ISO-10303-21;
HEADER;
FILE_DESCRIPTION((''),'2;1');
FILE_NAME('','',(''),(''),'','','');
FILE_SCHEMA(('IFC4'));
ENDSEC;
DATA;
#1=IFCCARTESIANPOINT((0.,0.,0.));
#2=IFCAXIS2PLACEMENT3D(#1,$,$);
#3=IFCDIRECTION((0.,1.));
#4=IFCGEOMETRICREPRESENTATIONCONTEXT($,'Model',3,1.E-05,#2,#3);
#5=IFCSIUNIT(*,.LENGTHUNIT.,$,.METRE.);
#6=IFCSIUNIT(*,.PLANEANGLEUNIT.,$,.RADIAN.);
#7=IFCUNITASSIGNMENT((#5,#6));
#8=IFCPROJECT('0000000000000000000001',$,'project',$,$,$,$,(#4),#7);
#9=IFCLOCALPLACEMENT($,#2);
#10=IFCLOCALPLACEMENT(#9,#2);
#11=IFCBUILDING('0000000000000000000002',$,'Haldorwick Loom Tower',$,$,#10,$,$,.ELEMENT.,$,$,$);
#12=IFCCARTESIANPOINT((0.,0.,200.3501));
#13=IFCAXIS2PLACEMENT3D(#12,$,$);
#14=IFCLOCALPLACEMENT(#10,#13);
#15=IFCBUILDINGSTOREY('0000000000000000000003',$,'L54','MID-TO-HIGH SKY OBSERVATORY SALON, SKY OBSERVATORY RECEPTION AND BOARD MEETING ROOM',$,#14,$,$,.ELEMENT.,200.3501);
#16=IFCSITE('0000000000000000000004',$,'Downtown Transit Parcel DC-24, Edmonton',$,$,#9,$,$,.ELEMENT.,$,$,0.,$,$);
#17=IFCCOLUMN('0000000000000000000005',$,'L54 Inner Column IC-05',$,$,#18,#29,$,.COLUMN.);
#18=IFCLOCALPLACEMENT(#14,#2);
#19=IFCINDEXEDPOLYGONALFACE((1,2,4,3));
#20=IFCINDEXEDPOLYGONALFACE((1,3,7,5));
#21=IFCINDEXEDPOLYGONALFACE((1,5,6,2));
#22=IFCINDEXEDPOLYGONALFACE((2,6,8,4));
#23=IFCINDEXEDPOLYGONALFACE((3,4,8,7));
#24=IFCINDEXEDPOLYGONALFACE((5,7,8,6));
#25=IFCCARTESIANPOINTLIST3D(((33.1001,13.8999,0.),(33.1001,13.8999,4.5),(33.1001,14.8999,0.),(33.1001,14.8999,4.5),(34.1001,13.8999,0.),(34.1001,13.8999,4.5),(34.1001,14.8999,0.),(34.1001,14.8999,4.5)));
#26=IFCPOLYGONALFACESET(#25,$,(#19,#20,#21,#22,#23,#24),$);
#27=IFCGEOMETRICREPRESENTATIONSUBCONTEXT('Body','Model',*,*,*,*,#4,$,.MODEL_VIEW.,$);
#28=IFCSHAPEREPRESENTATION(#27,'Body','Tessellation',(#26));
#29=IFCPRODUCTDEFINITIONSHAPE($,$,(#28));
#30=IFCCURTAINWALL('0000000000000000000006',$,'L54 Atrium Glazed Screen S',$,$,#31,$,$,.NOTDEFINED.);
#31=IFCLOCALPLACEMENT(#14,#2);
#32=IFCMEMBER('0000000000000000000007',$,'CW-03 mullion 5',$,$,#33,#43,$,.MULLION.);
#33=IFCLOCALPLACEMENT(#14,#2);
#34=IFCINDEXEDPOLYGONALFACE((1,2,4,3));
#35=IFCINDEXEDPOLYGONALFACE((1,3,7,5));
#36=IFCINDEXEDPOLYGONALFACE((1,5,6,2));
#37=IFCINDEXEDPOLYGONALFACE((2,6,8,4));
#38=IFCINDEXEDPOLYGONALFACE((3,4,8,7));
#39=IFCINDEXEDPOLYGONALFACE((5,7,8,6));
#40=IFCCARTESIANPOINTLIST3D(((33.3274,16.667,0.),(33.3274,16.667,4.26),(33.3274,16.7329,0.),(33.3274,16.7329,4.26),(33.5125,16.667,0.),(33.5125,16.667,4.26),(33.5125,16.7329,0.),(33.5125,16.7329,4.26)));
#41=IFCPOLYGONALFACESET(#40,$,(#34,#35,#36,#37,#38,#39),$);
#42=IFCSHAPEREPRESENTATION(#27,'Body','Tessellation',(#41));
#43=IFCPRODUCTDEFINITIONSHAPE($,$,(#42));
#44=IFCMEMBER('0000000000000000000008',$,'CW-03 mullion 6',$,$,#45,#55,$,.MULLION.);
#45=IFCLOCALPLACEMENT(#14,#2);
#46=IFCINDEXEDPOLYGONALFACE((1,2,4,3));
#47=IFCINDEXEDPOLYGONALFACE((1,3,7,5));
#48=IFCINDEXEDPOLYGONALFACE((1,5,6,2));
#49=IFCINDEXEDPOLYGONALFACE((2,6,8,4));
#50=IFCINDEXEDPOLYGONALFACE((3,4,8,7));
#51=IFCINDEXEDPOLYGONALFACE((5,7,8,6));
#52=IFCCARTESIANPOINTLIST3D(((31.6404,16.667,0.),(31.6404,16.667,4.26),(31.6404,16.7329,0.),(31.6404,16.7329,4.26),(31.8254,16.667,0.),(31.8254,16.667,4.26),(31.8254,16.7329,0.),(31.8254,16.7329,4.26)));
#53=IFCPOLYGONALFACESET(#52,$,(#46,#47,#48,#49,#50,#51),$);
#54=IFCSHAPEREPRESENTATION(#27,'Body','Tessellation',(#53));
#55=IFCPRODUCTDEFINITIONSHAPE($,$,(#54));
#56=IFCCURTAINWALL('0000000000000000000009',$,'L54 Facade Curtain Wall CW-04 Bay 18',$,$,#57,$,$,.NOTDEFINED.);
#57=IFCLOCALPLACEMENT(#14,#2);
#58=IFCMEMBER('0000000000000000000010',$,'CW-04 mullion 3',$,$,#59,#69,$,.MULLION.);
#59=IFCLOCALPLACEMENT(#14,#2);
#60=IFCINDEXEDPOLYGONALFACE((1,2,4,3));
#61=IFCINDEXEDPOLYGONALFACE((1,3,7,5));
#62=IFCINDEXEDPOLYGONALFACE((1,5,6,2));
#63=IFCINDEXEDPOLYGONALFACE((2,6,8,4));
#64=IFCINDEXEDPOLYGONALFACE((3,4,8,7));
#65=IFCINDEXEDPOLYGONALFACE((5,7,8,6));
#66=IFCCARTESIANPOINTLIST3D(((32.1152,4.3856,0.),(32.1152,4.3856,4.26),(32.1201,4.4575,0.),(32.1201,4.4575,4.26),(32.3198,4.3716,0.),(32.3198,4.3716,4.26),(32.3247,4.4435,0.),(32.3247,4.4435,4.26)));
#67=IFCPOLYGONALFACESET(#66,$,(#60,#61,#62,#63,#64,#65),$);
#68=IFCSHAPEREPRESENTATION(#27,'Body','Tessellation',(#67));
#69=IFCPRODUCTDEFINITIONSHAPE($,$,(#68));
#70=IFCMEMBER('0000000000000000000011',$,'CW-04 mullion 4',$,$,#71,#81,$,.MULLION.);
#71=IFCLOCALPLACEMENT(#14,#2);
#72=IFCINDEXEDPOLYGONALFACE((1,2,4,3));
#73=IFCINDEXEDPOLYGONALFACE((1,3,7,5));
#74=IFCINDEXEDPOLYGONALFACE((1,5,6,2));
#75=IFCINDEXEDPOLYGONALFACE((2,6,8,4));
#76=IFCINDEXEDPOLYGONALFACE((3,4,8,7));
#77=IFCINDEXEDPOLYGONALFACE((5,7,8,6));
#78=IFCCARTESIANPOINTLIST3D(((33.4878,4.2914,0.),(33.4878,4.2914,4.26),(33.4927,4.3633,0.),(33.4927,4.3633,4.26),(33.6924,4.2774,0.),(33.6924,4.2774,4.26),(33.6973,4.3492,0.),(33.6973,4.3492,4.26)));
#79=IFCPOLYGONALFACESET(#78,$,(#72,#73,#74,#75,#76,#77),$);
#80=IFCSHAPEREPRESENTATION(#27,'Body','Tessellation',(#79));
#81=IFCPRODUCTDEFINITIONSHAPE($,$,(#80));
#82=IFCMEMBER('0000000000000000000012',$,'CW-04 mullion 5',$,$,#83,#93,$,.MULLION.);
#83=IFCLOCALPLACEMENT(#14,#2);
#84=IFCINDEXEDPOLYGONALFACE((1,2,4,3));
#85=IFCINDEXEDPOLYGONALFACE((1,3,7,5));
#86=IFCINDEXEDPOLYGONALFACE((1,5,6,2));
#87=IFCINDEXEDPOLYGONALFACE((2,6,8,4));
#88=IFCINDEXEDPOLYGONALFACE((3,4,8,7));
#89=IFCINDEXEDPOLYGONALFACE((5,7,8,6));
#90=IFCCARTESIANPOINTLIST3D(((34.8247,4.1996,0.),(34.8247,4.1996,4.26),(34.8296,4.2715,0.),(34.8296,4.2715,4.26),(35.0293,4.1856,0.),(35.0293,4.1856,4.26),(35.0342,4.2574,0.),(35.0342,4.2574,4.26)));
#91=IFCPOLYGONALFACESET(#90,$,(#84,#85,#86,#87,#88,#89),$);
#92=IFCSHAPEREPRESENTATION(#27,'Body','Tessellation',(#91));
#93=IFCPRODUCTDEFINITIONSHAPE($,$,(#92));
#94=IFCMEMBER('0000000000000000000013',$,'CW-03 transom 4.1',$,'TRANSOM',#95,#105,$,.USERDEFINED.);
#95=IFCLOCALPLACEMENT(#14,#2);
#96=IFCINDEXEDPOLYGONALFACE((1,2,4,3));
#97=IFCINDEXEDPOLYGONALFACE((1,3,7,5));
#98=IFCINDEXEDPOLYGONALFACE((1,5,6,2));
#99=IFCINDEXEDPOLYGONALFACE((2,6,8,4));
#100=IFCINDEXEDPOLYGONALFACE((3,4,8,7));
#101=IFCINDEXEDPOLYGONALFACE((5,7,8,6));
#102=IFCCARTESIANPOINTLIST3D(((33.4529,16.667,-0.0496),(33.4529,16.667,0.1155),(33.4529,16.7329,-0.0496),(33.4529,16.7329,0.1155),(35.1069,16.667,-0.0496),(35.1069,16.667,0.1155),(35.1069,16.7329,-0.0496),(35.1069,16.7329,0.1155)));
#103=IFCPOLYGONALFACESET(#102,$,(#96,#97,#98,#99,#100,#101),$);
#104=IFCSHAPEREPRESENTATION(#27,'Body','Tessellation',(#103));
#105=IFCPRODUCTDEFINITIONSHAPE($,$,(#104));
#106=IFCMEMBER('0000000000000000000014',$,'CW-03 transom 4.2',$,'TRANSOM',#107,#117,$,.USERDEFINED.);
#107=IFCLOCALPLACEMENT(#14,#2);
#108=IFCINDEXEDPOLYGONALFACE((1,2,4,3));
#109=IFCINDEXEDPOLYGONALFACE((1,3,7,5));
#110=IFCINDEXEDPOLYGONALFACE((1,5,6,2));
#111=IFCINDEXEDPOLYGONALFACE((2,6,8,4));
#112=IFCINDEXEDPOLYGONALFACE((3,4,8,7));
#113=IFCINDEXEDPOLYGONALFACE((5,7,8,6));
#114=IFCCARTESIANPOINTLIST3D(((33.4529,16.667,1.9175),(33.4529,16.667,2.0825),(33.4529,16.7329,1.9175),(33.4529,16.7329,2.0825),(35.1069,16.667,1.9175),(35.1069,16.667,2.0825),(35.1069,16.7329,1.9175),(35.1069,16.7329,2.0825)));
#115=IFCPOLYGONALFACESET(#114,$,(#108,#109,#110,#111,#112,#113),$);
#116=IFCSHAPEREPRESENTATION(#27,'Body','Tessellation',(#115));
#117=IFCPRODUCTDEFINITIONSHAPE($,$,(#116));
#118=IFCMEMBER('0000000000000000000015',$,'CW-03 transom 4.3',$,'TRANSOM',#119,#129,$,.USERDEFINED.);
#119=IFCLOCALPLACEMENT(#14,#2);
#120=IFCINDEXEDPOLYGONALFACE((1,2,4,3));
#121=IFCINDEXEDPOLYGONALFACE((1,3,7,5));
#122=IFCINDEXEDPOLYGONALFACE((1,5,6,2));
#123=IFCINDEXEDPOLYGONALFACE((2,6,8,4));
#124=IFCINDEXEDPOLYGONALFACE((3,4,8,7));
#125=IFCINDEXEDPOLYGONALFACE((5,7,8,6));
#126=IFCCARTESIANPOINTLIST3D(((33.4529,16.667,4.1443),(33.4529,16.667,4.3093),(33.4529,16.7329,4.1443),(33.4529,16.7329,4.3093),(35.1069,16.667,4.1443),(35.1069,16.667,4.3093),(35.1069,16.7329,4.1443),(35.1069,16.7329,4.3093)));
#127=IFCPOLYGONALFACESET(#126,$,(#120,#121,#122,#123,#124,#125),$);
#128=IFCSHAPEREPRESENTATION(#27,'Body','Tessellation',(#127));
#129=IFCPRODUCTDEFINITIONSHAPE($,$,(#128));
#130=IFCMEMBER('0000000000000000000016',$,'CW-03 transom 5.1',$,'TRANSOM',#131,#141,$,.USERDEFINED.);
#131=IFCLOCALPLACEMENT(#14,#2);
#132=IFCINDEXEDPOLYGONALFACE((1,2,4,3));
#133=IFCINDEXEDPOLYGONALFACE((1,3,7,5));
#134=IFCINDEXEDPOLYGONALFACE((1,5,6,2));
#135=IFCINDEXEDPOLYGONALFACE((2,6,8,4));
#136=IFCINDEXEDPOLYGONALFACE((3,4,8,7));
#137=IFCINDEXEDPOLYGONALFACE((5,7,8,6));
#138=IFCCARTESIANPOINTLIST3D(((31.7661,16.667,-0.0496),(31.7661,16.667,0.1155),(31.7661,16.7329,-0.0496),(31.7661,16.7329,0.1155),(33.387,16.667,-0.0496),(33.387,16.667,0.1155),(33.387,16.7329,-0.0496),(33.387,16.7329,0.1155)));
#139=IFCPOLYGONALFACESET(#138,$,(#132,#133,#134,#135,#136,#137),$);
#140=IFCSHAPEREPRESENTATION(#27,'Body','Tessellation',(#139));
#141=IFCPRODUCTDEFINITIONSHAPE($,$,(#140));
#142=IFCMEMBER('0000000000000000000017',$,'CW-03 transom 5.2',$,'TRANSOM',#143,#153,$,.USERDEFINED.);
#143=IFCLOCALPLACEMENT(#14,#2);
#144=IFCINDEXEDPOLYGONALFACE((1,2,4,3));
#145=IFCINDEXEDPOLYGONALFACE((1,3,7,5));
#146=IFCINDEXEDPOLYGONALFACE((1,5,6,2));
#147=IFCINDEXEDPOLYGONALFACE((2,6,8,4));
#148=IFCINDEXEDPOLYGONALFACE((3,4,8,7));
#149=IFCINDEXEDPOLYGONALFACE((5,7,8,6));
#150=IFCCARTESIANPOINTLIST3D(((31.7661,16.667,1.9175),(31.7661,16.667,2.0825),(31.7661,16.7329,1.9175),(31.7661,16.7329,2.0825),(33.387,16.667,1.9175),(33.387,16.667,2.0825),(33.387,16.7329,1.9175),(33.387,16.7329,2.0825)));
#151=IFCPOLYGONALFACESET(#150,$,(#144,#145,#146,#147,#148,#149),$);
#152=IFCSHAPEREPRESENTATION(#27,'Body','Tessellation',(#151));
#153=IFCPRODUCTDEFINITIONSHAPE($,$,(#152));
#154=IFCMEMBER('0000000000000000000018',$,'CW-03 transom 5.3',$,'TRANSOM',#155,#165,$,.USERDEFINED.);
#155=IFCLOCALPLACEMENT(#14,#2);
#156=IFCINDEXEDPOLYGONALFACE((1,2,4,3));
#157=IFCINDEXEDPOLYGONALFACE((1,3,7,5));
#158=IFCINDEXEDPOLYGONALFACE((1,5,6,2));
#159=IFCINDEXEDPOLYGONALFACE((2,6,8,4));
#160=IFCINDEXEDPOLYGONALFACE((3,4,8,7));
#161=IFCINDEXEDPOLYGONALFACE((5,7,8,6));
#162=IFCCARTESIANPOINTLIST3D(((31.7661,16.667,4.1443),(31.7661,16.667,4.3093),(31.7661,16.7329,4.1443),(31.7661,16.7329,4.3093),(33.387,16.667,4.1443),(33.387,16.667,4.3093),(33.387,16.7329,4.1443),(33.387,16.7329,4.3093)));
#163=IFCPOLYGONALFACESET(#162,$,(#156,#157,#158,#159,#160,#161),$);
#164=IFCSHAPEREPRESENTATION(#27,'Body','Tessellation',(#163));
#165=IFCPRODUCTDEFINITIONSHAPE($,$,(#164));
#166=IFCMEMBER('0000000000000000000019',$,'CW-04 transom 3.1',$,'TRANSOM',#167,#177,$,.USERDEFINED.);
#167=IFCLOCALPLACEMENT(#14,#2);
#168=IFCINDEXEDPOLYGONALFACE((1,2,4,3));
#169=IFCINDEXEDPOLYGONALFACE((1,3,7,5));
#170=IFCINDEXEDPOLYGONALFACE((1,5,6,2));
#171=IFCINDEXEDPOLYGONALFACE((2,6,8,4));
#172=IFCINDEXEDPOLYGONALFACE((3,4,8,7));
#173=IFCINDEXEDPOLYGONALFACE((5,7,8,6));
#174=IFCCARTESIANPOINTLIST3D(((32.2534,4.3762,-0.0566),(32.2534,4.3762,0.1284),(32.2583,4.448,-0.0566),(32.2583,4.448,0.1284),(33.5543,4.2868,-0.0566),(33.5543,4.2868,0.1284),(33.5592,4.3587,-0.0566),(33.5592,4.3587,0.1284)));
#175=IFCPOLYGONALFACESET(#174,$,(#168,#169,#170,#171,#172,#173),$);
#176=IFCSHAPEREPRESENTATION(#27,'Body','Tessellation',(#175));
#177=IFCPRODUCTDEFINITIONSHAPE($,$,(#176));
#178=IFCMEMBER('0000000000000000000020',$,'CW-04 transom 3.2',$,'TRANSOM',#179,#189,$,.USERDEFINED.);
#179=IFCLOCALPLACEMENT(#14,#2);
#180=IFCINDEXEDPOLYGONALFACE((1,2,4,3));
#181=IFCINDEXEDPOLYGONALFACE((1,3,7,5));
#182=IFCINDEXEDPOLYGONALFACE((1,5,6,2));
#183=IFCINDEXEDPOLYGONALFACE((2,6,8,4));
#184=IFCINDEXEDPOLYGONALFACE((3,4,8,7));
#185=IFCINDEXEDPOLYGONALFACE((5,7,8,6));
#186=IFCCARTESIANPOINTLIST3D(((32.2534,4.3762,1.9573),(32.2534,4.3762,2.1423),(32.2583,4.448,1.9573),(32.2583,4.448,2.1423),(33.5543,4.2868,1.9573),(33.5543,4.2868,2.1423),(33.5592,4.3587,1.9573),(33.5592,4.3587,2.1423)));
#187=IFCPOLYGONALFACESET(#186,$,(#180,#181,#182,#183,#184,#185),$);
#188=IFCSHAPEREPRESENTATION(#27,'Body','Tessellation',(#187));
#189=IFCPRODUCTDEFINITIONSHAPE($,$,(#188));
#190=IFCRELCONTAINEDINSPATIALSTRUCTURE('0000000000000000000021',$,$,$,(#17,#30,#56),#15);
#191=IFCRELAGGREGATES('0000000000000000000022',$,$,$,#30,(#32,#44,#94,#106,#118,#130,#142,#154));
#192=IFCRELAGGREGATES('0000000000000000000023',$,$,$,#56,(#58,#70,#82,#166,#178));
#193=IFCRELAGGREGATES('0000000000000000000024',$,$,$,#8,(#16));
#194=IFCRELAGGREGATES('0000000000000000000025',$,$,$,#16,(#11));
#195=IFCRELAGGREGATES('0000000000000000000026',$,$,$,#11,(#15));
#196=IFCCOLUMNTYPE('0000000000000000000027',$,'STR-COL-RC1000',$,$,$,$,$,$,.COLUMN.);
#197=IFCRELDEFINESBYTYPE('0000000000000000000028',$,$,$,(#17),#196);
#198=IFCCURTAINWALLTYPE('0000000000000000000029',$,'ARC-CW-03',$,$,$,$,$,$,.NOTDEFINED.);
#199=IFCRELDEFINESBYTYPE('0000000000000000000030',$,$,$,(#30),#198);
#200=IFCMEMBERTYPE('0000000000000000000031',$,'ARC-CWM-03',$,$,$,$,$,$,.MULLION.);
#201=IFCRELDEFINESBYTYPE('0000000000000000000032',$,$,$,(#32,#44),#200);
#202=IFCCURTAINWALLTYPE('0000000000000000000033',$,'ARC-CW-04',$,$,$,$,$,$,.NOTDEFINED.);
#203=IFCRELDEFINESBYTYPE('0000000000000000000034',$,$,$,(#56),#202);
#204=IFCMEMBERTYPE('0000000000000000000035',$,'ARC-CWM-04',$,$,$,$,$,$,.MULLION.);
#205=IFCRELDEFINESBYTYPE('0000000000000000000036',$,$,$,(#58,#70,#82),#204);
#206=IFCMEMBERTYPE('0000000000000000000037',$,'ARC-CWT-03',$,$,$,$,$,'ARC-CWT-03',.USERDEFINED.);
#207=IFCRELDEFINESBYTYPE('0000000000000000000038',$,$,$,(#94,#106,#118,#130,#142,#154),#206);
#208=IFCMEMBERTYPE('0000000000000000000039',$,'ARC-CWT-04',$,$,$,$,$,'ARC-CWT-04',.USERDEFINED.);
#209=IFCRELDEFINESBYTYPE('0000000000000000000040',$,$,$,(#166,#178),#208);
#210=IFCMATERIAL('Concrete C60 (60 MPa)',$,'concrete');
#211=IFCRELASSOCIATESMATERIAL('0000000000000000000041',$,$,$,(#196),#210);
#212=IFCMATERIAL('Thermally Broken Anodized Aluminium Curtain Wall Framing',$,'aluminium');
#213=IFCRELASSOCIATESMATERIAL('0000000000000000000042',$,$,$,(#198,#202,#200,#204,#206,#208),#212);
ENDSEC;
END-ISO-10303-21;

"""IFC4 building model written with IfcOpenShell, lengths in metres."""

from ifc_helpers import new_model, si_unit, direction, frame, origin, origin_2d, place, context, subcontext, project, spatial, rectangle, extrude, material, material_profile, profile_set, type_object, element, aggregate, save


model = new_model("IFC4")

# Units and contexts
model_context = context("Model", 3, precision=1e-05, world=origin(), true_north=direction((0.0, 1.0)))
body_context = subcontext(model_context, "Body", "Model", "MODEL_VIEW")
ifc_project = project(units=[si_unit("LENGTHUNIT", "METRE"), si_unit("PLANEANGLEUNIT", "RADIAN")], contexts=[model_context])

# Site, building, storey
site_placement = place(None, origin())
site = spatial("IfcSite", under=ifc_project, at=site_placement, Name="Downtown Transit Parcel DC-24, Edmonton", CompositionType="ELEMENT", RefElevation=0.0)
building_placement = place(site_placement, origin())
building = spatial("IfcBuilding", under=site, at=building_placement, Name="Haldorwick Loom Tower", CompositionType="ELEMENT")
storey_placement = place(building_placement, frame((0.0, 0.0, 200.3501)))
storey = spatial("IfcBuildingStorey", under=building, at=storey_placement, Name="L54", Description="MID-TO-HIGH SKY OBSERVATORY SALON, SKY OBSERVATORY RECEPTION AND BOARD MEETING ROOM", CompositionType="ELEMENT", Elevation=200.3501)

# Column
ifc_material_1 = material(Name="Concrete C60 (60 MPa)", Category="concrete")
ifc_material_profile_1 = material_profile(ifc_material_1, rectangle(XDim=1.0, YDim=1.0, at=origin_2d()), Name="RC1000X1000", Category="concrete")
ifc_profile_set_1 = profile_set([ifc_material_profile_1], Name="Concrete C60 (60 MPa)")
column_type = type_object("IfcColumnType", Name="STR-COL-RC1000", PredefinedType="COLUMN", material=ifc_profile_set_1)
column_placement = place(storey_placement, frame((33.6001, 14.3999, 0.0), z_axis=(0.0, 0.0, 1.0), x_axis=(1.0, 0.0, 0.0)))
element("IfcColumn", 1, at=column_placement, inside=storey, type_object=column_type, Name="L54 Inner Column IC-05", PredefinedType="COLUMN", context=body_context, shape_type="SweptSolid", body=[
    extrude(rectangle(XDim=1.0, YDim=1.0, at=origin_2d()), origin(), (0.0, 0.0, 1.0), 4.5),
])

# Curtain walls, members
ifc_material_2 = material(Name="Thermally Broken Anodized Aluminium Curtain Wall Framing", Category="aluminium")
curtain_wall_type_1 = type_object("IfcCurtainWallType", Name="ARC-CW-03", PredefinedType="NOTDEFINED", material=ifc_material_2)
curtain_wall_1_placement = place(storey_placement, origin())
curtain_wall_1 = element("IfcCurtainWall", 2, at=curtain_wall_1_placement, inside=storey, type_object=curtain_wall_type_1, Name="L54 Atrium Glazed Screen S", PredefinedType="NOTDEFINED")
ifc_material_profile_2 = material_profile(ifc_material_2, rectangle(XDim=0.0659, YDim=0.1851, at=origin_2d()), Name="ALU_MUL_66X185", Category="aluminium")
ifc_profile_set_2 = profile_set([ifc_material_profile_2], Name="Thermally Broken Anodized Aluminium Curtain Wall Framing")
member_type_1 = type_object("IfcMemberType", Name="ARC-CWM-03", PredefinedType="MULLION", material=ifc_profile_set_2)
member_1_placement = place(storey_placement, frame((33.4199, 16.7, 0.0), z_axis=(0.0, 0.0, 1.0), x_axis=(0.0, -1.0, 0.0)))
member_1 = element("IfcMember", 3, at=member_1_placement, type_object=member_type_1, Name="CW-03 mullion 5", PredefinedType="MULLION", context=body_context, shape_type="SweptSolid", body=[
    extrude(rectangle(XDim=0.0659, YDim=0.1851, at=origin_2d()), origin(), (0.0, 0.0, 1.0), 4.26),
])
member_2_placement = place(storey_placement, frame((31.7329, 16.7, 0.0), z_axis=(0.0, 0.0, 1.0), x_axis=(0.0, -1.0, 0.0)))
member_2 = element("IfcMember", 4, at=member_2_placement, type_object=member_type_1, Name="CW-03 mullion 6", PredefinedType="MULLION", context=body_context, shape_type="SweptSolid", body=[
    extrude(rectangle(XDim=0.0659, YDim=0.1851, at=origin_2d()), origin(), (0.0, 0.0, 1.0), 4.26),
])
curtain_wall_type_2 = type_object("IfcCurtainWallType", Name="ARC-CW-04", PredefinedType="NOTDEFINED", material=ifc_material_2)
curtain_wall_2_placement = place(storey_placement, origin())
curtain_wall_2 = element("IfcCurtainWall", 5, at=curtain_wall_2_placement, inside=storey, type_object=curtain_wall_type_2, Name="L54 Facade Curtain Wall CW-04 Bay 18", PredefinedType="NOTDEFINED")
ifc_material_profile_3 = material_profile(ifc_material_2, rectangle(XDim=0.072, YDim=0.2051, at=origin_2d()), Name="ALU_MUL_72X205", Category="aluminium")
ifc_profile_set_3 = profile_set([ifc_material_profile_3], Name="Thermally Broken Anodized Aluminium Curtain Wall Framing")
member_type_2 = type_object("IfcMemberType", Name="ARC-CWM-04", PredefinedType="MULLION", material=ifc_profile_set_3)
member_3_placement = place(storey_placement, frame((32.22, 4.4146, 0.0), z_axis=(0.0, 0.0, 1.0), x_axis=(0.068513, 0.99765, 0.0)))
member_3 = element("IfcMember", 6, at=member_3_placement, type_object=member_type_2, Name="CW-04 mullion 3", PredefinedType="MULLION", context=body_context, shape_type="SweptSolid", body=[
    extrude(rectangle(XDim=0.072, YDim=0.2051, at=origin_2d()), origin(), (0.0, 0.0, 1.0), 4.26),
])
member_4_placement = place(storey_placement, frame((33.5925, 4.3203, 0.0), z_axis=(0.0, 0.0, 1.0), x_axis=(0.068513, 0.99765, 0.0)))
member_4 = element("IfcMember", 7, at=member_4_placement, type_object=member_type_2, Name="CW-04 mullion 4", PredefinedType="MULLION", context=body_context, shape_type="SweptSolid", body=[
    extrude(rectangle(XDim=0.072, YDim=0.2051, at=origin_2d()), origin(), (0.0, 0.0, 1.0), 4.26),
])
member_5_placement = place(storey_placement, frame((34.9294, 4.2285, 0.0), z_axis=(0.0, 0.0, 1.0), x_axis=(0.068513, 0.99765, 0.0)))
member_5 = element("IfcMember", 8, at=member_5_placement, type_object=member_type_2, Name="CW-04 mullion 5", PredefinedType="MULLION", context=body_context, shape_type="SweptSolid", body=[
    extrude(rectangle(XDim=0.072, YDim=0.2051, at=origin_2d()), origin(), (0.0, 0.0, 1.0), 4.26),
])

# Members
ifc_material_profile_4 = material_profile(ifc_material_2, rectangle(XDim=0.0659, YDim=0.165, at=origin_2d()), Name="ALU_TRN_66X165", Category="aluminium")
ifc_profile_set_4 = profile_set([ifc_material_profile_4], Name="Thermally Broken Anodized Aluminium Curtain Wall Framing")
member_type_3 = type_object("IfcMemberType", Name="ARC-CWT-03", ElementType="ARC-CWT-03", PredefinedType="USERDEFINED", material=ifc_profile_set_4)
member_6_placement = place(storey_placement, frame((35.1069, 16.7, 0.033), z_axis=(-1.0, 0.0, 0.0), x_axis=(0.0, -1.0, 0.0)))
member_6 = element("IfcMember", 9, at=member_6_placement, type_object=member_type_3, Name="CW-03 transom 4.1", ObjectType="TRANSOM", PredefinedType="USERDEFINED", context=body_context, shape_type="SweptSolid", body=[
    extrude(rectangle(XDim=0.0659, YDim=0.165, at=origin_2d()), origin(), (0.0, 0.0, 1.0), 1.6541),
])
member_7_placement = place(storey_placement, frame((35.1069, 16.7, 2.0), z_axis=(-1.0, 0.0, 0.0), x_axis=(0.0, -1.0, 0.0)))
member_7 = element("IfcMember", 10, at=member_7_placement, type_object=member_type_3, Name="CW-03 transom 4.2", ObjectType="TRANSOM", PredefinedType="USERDEFINED", context=body_context, shape_type="SweptSolid", body=[
    extrude(rectangle(XDim=0.0659, YDim=0.165, at=origin_2d()), origin(), (0.0, 0.0, 1.0), 1.6541),
])
member_8_placement = place(storey_placement, frame((35.1069, 16.7, 4.2268), z_axis=(-1.0, 0.0, 0.0), x_axis=(0.0, -1.0, 0.0)))
member_8 = element("IfcMember", 11, at=member_8_placement, type_object=member_type_3, Name="CW-03 transom 4.3", ObjectType="TRANSOM", PredefinedType="USERDEFINED", context=body_context, shape_type="SweptSolid", body=[
    extrude(rectangle(XDim=0.0659, YDim=0.165, at=origin_2d()), origin(), (0.0, 0.0, 1.0), 1.6541),
])
member_9_placement = place(storey_placement, frame((33.387, 16.7, 0.033), z_axis=(-1.0, 0.0, 0.0), x_axis=(0.0, -1.0, 0.0)))
member_9 = element("IfcMember", 12, at=member_9_placement, type_object=member_type_3, Name="CW-03 transom 5.1", ObjectType="TRANSOM", PredefinedType="USERDEFINED", context=body_context, shape_type="SweptSolid", body=[
    extrude(rectangle(XDim=0.0659, YDim=0.165, at=origin_2d()), origin(), (0.0, 0.0, 1.0), 1.6208),
])
member_10_placement = place(storey_placement, frame((33.387, 16.7, 2.0), z_axis=(-1.0, 0.0, 0.0), x_axis=(0.0, -1.0, 0.0)))
member_10 = element("IfcMember", 13, at=member_10_placement, type_object=member_type_3, Name="CW-03 transom 5.2", ObjectType="TRANSOM", PredefinedType="USERDEFINED", context=body_context, shape_type="SweptSolid", body=[
    extrude(rectangle(XDim=0.0659, YDim=0.165, at=origin_2d()), origin(), (0.0, 0.0, 1.0), 1.6208),
])
member_11_placement = place(storey_placement, frame((33.387, 16.7, 4.2268), z_axis=(-1.0, 0.0, 0.0), x_axis=(0.0, -1.0, 0.0)))
member_11 = element("IfcMember", 14, at=member_11_placement, type_object=member_type_3, Name="CW-03 transom 5.3", ObjectType="TRANSOM", PredefinedType="USERDEFINED", context=body_context, shape_type="SweptSolid", body=[
    extrude(rectangle(XDim=0.0659, YDim=0.165, at=origin_2d()), origin(), (0.0, 0.0, 1.0), 1.6208),
])
ifc_material_profile_5 = material_profile(ifc_material_2, rectangle(XDim=0.072, YDim=0.1851, at=origin_2d()), Name="ALU_TRN_72X185", Category="aluminium")
ifc_profile_set_5 = profile_set([ifc_material_profile_5], Name="Thermally Broken Anodized Aluminium Curtain Wall Framing")
member_type_4 = type_object("IfcMemberType", Name="ARC-CWT-04", ElementType="ARC-CWT-04", PredefinedType="USERDEFINED", material=ifc_profile_set_5)
member_12_placement = place(storey_placement, frame((32.2559, 4.4121, 0.0359), z_axis=(0.997649, -0.068532, 0.0), x_axis=(0.068532, 0.997649, 0.0)))
member_12 = element("IfcMember", 15, at=member_12_placement, type_object=member_type_4, Name="CW-04 transom 3.1", ObjectType="TRANSOM", PredefinedType="USERDEFINED", context=body_context, shape_type="SweptSolid", body=[
    extrude(rectangle(XDim=0.072, YDim=0.1851, at=origin_2d()), origin(), (0.0, 0.0, 1.0), 1.304),
])
member_13_placement = place(storey_placement, frame((32.2559, 4.4121, 2.0498), z_axis=(0.997649, -0.068532, 0.0), x_axis=(0.068532, 0.997649, 0.0)))
member_13 = element("IfcMember", 16, at=member_13_placement, type_object=member_type_4, Name="CW-04 transom 3.2", ObjectType="TRANSOM", PredefinedType="USERDEFINED", context=body_context, shape_type="SweptSolid", body=[
    extrude(rectangle(XDim=0.072, YDim=0.1851, at=origin_2d()), origin(), (0.0, 0.0, 1.0), 1.304),
])

aggregate(curtain_wall_1, [member_1, member_2, member_6, member_7, member_8, member_9, member_10, member_11])
aggregate(curtain_wall_2, [member_3, member_4, member_5, member_12, member_13])

save(model, "model.ifc")
